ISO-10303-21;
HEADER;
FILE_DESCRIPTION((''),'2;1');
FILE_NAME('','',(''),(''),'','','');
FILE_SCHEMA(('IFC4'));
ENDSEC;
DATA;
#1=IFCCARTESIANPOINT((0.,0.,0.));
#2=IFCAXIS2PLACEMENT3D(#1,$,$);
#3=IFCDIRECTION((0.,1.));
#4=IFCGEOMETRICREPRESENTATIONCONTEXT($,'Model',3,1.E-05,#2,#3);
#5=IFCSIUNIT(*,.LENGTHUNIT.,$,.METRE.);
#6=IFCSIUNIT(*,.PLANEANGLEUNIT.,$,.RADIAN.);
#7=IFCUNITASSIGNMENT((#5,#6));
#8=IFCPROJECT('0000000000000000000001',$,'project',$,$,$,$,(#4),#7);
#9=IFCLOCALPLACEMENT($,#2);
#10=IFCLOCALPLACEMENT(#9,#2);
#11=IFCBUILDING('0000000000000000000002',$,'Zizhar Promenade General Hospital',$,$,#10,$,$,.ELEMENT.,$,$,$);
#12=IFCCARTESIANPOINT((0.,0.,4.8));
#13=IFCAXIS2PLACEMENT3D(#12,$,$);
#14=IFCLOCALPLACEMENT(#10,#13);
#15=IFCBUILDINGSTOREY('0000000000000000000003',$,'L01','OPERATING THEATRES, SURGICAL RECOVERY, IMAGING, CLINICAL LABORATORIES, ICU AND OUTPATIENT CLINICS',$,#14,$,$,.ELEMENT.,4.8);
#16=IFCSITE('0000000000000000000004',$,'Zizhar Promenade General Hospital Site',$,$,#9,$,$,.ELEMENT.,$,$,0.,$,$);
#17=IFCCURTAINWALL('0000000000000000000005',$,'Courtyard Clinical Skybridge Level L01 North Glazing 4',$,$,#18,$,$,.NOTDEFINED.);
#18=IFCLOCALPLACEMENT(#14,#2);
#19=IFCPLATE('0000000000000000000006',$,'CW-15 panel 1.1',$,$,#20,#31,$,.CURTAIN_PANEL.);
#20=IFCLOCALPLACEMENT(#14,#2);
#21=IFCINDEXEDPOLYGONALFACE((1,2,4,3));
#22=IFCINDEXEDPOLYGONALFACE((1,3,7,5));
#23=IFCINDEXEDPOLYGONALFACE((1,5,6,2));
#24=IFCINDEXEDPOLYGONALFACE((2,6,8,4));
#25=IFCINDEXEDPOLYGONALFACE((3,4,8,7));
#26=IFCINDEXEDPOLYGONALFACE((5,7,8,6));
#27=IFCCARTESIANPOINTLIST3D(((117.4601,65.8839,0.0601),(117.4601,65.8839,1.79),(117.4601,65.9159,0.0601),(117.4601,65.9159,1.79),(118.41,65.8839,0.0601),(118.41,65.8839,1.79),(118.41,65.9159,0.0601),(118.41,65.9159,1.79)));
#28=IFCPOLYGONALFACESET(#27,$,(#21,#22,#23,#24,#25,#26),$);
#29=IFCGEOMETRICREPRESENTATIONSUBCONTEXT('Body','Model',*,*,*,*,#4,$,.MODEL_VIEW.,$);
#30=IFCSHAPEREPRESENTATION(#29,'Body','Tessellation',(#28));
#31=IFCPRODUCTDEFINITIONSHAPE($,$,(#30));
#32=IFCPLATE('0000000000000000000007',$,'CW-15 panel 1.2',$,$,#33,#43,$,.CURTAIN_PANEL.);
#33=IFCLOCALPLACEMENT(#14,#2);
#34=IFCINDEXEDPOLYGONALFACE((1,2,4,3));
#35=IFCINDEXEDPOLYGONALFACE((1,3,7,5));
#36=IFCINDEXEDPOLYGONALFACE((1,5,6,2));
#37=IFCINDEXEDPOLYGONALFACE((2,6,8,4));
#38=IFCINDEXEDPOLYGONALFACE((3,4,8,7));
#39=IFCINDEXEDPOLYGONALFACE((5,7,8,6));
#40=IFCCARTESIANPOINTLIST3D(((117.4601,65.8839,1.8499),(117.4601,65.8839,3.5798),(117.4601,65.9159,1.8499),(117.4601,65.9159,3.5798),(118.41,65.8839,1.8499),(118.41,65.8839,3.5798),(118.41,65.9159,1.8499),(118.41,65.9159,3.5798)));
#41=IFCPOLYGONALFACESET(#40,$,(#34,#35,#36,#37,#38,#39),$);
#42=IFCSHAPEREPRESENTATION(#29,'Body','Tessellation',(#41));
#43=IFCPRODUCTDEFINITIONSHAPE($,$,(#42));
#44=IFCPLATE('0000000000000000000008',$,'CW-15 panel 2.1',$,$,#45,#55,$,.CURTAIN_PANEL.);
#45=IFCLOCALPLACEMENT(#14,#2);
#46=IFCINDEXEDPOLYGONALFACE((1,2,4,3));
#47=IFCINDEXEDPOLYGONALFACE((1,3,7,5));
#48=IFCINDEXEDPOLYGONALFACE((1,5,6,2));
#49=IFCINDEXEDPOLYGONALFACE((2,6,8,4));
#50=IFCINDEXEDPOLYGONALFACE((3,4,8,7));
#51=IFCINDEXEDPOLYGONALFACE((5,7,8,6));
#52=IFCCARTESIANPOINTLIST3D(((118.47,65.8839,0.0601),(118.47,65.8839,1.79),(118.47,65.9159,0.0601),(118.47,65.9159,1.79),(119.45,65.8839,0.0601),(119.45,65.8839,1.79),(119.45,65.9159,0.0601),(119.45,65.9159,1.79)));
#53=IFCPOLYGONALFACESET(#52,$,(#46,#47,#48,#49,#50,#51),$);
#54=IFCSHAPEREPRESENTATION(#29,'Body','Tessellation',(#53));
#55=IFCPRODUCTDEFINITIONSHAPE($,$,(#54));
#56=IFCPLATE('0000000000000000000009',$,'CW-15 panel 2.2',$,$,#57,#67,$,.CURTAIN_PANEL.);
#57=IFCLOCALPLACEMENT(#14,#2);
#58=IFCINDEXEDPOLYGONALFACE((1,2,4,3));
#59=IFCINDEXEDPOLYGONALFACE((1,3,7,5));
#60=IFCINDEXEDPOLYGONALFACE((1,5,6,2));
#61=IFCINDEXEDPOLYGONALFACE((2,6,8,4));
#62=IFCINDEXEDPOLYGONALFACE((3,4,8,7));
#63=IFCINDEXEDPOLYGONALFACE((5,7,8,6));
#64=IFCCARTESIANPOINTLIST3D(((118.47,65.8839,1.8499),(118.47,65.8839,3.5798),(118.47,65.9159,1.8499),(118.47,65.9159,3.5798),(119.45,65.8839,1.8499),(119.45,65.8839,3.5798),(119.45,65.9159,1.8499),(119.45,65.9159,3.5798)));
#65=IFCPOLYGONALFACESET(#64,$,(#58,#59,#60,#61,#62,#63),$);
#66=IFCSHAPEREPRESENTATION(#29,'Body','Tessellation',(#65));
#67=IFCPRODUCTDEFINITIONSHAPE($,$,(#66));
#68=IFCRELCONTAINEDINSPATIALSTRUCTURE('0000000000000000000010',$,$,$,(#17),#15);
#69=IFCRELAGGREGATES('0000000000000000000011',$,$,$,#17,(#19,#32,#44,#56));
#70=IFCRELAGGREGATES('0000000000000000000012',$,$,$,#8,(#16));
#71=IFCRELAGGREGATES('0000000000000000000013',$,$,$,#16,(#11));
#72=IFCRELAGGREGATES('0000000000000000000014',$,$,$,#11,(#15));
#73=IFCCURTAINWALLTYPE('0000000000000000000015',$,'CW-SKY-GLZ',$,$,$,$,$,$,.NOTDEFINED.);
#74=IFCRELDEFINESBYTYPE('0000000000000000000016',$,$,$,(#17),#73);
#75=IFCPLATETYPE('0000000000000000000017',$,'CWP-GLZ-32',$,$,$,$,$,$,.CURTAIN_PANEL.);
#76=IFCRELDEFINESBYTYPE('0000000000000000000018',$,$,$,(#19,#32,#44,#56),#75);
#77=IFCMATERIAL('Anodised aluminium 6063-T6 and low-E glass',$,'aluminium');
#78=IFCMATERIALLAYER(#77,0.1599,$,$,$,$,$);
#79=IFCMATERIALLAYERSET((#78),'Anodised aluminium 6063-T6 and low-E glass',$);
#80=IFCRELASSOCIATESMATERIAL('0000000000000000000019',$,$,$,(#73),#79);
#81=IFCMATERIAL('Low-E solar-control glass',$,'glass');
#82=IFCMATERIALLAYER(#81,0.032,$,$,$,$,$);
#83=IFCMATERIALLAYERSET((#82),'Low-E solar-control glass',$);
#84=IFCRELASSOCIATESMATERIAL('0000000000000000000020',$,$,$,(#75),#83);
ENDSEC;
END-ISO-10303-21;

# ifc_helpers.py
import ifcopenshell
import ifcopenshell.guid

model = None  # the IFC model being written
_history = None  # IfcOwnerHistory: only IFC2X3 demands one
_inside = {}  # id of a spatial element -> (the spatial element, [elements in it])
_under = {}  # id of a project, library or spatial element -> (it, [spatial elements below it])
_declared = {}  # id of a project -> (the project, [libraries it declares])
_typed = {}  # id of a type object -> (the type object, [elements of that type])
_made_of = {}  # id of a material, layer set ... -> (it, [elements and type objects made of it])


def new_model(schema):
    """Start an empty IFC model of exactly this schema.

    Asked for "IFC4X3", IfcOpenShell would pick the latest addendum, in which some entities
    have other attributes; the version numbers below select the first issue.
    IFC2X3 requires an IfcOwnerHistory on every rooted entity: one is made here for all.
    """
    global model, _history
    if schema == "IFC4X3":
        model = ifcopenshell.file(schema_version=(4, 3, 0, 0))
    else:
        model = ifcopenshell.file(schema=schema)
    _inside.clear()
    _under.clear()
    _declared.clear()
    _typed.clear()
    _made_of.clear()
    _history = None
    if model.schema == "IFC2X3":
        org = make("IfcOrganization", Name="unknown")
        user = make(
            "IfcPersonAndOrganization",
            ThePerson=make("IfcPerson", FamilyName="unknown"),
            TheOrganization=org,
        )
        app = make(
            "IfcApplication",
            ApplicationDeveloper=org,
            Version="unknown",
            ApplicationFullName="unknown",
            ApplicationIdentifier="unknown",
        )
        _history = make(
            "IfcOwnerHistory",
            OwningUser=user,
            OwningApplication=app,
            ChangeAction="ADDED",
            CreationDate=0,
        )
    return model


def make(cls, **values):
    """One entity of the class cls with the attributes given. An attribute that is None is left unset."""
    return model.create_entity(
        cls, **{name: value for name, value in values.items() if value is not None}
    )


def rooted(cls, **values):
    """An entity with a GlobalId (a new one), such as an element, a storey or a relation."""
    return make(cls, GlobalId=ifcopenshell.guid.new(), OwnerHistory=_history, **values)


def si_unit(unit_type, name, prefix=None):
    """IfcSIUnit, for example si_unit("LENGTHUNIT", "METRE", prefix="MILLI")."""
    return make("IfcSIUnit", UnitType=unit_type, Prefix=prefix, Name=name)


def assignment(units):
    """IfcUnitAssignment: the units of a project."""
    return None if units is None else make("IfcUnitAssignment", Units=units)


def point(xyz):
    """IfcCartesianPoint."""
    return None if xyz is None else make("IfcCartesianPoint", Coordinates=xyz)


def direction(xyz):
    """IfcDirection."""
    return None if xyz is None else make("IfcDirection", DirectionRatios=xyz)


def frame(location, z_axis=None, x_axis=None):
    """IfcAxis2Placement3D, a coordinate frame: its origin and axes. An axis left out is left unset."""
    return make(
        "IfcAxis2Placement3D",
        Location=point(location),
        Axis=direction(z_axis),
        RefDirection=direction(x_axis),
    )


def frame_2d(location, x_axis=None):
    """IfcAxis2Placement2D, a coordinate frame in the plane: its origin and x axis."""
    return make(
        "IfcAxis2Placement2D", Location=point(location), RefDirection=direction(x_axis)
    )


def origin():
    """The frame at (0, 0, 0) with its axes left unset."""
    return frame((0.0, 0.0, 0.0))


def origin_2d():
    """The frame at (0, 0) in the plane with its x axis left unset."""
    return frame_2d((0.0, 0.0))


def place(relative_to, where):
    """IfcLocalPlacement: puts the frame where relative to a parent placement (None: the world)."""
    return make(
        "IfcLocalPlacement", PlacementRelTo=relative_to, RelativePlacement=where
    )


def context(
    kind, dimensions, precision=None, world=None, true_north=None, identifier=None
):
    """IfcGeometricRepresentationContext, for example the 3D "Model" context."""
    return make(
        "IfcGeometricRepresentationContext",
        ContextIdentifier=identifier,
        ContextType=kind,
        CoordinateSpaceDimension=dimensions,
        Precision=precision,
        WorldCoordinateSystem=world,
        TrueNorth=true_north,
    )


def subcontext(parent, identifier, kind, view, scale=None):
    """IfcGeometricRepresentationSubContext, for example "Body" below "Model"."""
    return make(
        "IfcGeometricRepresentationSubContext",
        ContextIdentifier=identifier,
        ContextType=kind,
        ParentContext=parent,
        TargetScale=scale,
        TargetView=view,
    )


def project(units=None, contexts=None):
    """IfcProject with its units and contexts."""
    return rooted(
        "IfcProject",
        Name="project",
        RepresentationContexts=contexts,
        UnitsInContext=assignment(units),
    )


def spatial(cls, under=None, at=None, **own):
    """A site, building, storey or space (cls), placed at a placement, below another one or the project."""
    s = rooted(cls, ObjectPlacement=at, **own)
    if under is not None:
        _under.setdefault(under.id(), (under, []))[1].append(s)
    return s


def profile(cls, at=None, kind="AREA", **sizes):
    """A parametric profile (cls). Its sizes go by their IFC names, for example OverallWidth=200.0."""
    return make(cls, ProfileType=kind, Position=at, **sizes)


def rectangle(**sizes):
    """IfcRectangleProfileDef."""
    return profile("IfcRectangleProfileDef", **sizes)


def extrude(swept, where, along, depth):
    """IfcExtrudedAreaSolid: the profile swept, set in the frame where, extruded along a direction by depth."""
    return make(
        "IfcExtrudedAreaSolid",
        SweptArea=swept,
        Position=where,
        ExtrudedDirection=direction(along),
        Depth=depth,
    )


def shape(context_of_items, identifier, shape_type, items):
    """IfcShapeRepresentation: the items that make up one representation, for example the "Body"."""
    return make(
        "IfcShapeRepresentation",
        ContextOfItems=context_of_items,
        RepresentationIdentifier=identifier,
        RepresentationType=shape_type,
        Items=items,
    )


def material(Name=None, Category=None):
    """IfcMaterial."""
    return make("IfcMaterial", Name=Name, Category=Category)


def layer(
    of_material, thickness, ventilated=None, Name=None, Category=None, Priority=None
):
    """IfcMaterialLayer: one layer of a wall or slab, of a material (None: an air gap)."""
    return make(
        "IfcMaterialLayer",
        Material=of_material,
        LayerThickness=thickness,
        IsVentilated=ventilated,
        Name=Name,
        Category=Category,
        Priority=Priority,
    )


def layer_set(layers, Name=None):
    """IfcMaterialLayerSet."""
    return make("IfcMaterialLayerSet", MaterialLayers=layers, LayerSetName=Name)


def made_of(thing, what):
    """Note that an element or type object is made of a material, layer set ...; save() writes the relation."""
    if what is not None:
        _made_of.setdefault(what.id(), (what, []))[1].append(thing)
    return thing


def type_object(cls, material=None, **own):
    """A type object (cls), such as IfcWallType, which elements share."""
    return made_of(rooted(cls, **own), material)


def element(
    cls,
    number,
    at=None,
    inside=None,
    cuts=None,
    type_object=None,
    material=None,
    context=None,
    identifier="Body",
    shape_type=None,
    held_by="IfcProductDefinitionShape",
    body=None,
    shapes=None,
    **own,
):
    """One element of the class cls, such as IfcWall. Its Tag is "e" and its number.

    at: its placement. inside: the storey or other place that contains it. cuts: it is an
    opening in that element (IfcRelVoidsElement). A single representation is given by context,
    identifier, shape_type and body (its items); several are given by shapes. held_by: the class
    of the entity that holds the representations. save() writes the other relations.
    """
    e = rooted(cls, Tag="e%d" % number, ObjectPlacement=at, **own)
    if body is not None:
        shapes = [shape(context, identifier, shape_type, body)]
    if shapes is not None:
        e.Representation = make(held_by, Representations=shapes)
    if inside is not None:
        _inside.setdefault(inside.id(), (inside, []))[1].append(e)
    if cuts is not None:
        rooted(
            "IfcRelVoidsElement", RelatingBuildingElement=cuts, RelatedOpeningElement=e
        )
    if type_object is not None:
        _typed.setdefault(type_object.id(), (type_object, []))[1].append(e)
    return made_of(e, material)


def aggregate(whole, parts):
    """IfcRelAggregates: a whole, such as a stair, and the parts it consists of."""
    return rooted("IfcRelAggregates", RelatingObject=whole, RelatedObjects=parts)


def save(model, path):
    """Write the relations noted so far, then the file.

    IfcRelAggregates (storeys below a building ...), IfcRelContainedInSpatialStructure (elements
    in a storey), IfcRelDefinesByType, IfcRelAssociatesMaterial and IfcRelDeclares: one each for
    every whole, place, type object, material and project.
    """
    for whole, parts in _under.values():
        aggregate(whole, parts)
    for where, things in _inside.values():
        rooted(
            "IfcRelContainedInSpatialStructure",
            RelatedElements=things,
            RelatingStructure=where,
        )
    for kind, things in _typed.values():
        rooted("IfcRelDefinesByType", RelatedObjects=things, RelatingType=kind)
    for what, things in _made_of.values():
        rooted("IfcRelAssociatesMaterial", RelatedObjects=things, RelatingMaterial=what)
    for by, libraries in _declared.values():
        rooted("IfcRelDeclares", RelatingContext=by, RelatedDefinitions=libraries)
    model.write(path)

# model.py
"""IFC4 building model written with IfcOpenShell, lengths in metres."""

from ifc_helpers import new_model, si_unit, direction, frame, origin, origin_2d, place, context, subcontext, project, spatial, rectangle, extrude, material, layer, layer_set, type_object, element, aggregate, save


model = new_model("IFC4")

# Units and contexts
model_context = context("Model", 3, precision=1e-05, world=origin(), true_north=direction((0.0, 1.0)))
body_context = subcontext(model_context, "Body", "Model", "MODEL_VIEW")
ifc_project = project(units=[si_unit("LENGTHUNIT", "METRE"), si_unit("PLANEANGLEUNIT", "RADIAN")], contexts=[model_context])

# Site, building, storey
site_placement = place(None, origin())
site = spatial("IfcSite", under=ifc_project, at=site_placement, Name="Zizhar Promenade General Hospital Site", CompositionType="ELEMENT", RefElevation=0.0)
building_placement = place(site_placement, origin())
building = spatial("IfcBuilding", under=site, at=building_placement, Name="Zizhar Promenade General Hospital", CompositionType="ELEMENT")
storey_placement = place(building_placement, frame((0.0, 0.0, 4.8)))
storey = spatial("IfcBuildingStorey", under=building, at=storey_placement, Name="L01", Description="OPERATING THEATRES, SURGICAL RECOVERY, IMAGING, CLINICAL LABORATORIES, ICU AND OUTPATIENT CLINICS", CompositionType="ELEMENT", Elevation=4.8)

# Shared definitions
ifc_material_1 = material(Name="Anodised aluminium 6063-T6 and low-E glass", Category="aluminium")
ifc_layer_1 = layer(ifc_material_1, 0.1599)
ifc_layer_set_1 = layer_set([ifc_layer_1], Name="Anodised aluminium 6063-T6 and low-E glass")
curtain_wall_type = type_object("IfcCurtainWallType", Name="CW-SKY-GLZ", PredefinedType="NOTDEFINED", material=ifc_layer_set_1)

# Curtain wall
curtain_wall_1_placement = place(storey_placement, origin())
curtain_wall_1 = element("IfcCurtainWall", 1, at=curtain_wall_1_placement, inside=storey, type_object=curtain_wall_type, Name="Courtyard Clinical Skybridge Level L01 North Glazing 4", PredefinedType="NOTDEFINED")

# Plates
ifc_material_2 = material(Name="Low-E solar-control glass", Category="glass")
ifc_layer_2 = layer(ifc_material_2, 0.032)
ifc_layer_set_2 = layer_set([ifc_layer_2], Name="Low-E solar-control glass")
plate_type = type_object("IfcPlateType", Name="CWP-GLZ-32", PredefinedType="CURTAIN_PANEL", material=ifc_layer_set_2)
plate_1_placement = place(storey_placement, frame((117.9351, 65.8999, 0.0601), z_axis=(0.0, 0.0, 1.0), x_axis=(1.0, 0.0, 0.0)))
plate_1 = element("IfcPlate", 2, at=plate_1_placement, type_object=plate_type, Name="CW-15 panel 1.1", PredefinedType="CURTAIN_PANEL", context=body_context, shape_type="SweptSolid", body=[
    extrude(rectangle(XDim=0.95, YDim=0.032, at=origin_2d()), origin(), (0.0, 0.0, 1.0), 1.73),
])
plate_2_placement = place(storey_placement, frame((117.9351, 65.8999, 1.8499), z_axis=(0.0, 0.0, 1.0), x_axis=(1.0, 0.0, 0.0)))
plate_2 = element("IfcPlate", 3, at=plate_2_placement, type_object=plate_type, Name="CW-15 panel 1.2", PredefinedType="CURTAIN_PANEL", context=body_context, shape_type="SweptSolid", body=[
    extrude(rectangle(XDim=0.95, YDim=0.032, at=origin_2d()), origin(), (0.0, 0.0, 1.0), 1.73),
])
plate_3_placement = place(storey_placement, frame((118.96, 65.8999, 0.0601), z_axis=(0.0, 0.0, 1.0), x_axis=(1.0, 0.0, 0.0)))
plate_3 = element("IfcPlate", 4, at=plate_3_placement, type_object=plate_type, Name="CW-15 panel 2.1", PredefinedType="CURTAIN_PANEL", context=body_context, shape_type="SweptSolid", body=[
    extrude(rectangle(XDim=0.98, YDim=0.032, at=origin_2d()), origin(), (0.0, 0.0, 1.0), 1.73),
])
plate_4_placement = place(storey_placement, frame((118.96, 65.8999, 1.8499), z_axis=(0.0, 0.0, 1.0), x_axis=(1.0, 0.0, 0.0)))
plate_4 = element("IfcPlate", 5, at=plate_4_placement, type_object=plate_type, Name="CW-15 panel 2.2", PredefinedType="CURTAIN_PANEL", context=body_context, shape_type="SweptSolid", body=[
    extrude(rectangle(XDim=0.98, YDim=0.032, at=origin_2d()), origin(), (0.0, 0.0, 1.0), 1.73),
])
aggregate(curtain_wall_1, [plate_1, plate_2, plate_3, plate_4])

save(model, "model.ifc")
